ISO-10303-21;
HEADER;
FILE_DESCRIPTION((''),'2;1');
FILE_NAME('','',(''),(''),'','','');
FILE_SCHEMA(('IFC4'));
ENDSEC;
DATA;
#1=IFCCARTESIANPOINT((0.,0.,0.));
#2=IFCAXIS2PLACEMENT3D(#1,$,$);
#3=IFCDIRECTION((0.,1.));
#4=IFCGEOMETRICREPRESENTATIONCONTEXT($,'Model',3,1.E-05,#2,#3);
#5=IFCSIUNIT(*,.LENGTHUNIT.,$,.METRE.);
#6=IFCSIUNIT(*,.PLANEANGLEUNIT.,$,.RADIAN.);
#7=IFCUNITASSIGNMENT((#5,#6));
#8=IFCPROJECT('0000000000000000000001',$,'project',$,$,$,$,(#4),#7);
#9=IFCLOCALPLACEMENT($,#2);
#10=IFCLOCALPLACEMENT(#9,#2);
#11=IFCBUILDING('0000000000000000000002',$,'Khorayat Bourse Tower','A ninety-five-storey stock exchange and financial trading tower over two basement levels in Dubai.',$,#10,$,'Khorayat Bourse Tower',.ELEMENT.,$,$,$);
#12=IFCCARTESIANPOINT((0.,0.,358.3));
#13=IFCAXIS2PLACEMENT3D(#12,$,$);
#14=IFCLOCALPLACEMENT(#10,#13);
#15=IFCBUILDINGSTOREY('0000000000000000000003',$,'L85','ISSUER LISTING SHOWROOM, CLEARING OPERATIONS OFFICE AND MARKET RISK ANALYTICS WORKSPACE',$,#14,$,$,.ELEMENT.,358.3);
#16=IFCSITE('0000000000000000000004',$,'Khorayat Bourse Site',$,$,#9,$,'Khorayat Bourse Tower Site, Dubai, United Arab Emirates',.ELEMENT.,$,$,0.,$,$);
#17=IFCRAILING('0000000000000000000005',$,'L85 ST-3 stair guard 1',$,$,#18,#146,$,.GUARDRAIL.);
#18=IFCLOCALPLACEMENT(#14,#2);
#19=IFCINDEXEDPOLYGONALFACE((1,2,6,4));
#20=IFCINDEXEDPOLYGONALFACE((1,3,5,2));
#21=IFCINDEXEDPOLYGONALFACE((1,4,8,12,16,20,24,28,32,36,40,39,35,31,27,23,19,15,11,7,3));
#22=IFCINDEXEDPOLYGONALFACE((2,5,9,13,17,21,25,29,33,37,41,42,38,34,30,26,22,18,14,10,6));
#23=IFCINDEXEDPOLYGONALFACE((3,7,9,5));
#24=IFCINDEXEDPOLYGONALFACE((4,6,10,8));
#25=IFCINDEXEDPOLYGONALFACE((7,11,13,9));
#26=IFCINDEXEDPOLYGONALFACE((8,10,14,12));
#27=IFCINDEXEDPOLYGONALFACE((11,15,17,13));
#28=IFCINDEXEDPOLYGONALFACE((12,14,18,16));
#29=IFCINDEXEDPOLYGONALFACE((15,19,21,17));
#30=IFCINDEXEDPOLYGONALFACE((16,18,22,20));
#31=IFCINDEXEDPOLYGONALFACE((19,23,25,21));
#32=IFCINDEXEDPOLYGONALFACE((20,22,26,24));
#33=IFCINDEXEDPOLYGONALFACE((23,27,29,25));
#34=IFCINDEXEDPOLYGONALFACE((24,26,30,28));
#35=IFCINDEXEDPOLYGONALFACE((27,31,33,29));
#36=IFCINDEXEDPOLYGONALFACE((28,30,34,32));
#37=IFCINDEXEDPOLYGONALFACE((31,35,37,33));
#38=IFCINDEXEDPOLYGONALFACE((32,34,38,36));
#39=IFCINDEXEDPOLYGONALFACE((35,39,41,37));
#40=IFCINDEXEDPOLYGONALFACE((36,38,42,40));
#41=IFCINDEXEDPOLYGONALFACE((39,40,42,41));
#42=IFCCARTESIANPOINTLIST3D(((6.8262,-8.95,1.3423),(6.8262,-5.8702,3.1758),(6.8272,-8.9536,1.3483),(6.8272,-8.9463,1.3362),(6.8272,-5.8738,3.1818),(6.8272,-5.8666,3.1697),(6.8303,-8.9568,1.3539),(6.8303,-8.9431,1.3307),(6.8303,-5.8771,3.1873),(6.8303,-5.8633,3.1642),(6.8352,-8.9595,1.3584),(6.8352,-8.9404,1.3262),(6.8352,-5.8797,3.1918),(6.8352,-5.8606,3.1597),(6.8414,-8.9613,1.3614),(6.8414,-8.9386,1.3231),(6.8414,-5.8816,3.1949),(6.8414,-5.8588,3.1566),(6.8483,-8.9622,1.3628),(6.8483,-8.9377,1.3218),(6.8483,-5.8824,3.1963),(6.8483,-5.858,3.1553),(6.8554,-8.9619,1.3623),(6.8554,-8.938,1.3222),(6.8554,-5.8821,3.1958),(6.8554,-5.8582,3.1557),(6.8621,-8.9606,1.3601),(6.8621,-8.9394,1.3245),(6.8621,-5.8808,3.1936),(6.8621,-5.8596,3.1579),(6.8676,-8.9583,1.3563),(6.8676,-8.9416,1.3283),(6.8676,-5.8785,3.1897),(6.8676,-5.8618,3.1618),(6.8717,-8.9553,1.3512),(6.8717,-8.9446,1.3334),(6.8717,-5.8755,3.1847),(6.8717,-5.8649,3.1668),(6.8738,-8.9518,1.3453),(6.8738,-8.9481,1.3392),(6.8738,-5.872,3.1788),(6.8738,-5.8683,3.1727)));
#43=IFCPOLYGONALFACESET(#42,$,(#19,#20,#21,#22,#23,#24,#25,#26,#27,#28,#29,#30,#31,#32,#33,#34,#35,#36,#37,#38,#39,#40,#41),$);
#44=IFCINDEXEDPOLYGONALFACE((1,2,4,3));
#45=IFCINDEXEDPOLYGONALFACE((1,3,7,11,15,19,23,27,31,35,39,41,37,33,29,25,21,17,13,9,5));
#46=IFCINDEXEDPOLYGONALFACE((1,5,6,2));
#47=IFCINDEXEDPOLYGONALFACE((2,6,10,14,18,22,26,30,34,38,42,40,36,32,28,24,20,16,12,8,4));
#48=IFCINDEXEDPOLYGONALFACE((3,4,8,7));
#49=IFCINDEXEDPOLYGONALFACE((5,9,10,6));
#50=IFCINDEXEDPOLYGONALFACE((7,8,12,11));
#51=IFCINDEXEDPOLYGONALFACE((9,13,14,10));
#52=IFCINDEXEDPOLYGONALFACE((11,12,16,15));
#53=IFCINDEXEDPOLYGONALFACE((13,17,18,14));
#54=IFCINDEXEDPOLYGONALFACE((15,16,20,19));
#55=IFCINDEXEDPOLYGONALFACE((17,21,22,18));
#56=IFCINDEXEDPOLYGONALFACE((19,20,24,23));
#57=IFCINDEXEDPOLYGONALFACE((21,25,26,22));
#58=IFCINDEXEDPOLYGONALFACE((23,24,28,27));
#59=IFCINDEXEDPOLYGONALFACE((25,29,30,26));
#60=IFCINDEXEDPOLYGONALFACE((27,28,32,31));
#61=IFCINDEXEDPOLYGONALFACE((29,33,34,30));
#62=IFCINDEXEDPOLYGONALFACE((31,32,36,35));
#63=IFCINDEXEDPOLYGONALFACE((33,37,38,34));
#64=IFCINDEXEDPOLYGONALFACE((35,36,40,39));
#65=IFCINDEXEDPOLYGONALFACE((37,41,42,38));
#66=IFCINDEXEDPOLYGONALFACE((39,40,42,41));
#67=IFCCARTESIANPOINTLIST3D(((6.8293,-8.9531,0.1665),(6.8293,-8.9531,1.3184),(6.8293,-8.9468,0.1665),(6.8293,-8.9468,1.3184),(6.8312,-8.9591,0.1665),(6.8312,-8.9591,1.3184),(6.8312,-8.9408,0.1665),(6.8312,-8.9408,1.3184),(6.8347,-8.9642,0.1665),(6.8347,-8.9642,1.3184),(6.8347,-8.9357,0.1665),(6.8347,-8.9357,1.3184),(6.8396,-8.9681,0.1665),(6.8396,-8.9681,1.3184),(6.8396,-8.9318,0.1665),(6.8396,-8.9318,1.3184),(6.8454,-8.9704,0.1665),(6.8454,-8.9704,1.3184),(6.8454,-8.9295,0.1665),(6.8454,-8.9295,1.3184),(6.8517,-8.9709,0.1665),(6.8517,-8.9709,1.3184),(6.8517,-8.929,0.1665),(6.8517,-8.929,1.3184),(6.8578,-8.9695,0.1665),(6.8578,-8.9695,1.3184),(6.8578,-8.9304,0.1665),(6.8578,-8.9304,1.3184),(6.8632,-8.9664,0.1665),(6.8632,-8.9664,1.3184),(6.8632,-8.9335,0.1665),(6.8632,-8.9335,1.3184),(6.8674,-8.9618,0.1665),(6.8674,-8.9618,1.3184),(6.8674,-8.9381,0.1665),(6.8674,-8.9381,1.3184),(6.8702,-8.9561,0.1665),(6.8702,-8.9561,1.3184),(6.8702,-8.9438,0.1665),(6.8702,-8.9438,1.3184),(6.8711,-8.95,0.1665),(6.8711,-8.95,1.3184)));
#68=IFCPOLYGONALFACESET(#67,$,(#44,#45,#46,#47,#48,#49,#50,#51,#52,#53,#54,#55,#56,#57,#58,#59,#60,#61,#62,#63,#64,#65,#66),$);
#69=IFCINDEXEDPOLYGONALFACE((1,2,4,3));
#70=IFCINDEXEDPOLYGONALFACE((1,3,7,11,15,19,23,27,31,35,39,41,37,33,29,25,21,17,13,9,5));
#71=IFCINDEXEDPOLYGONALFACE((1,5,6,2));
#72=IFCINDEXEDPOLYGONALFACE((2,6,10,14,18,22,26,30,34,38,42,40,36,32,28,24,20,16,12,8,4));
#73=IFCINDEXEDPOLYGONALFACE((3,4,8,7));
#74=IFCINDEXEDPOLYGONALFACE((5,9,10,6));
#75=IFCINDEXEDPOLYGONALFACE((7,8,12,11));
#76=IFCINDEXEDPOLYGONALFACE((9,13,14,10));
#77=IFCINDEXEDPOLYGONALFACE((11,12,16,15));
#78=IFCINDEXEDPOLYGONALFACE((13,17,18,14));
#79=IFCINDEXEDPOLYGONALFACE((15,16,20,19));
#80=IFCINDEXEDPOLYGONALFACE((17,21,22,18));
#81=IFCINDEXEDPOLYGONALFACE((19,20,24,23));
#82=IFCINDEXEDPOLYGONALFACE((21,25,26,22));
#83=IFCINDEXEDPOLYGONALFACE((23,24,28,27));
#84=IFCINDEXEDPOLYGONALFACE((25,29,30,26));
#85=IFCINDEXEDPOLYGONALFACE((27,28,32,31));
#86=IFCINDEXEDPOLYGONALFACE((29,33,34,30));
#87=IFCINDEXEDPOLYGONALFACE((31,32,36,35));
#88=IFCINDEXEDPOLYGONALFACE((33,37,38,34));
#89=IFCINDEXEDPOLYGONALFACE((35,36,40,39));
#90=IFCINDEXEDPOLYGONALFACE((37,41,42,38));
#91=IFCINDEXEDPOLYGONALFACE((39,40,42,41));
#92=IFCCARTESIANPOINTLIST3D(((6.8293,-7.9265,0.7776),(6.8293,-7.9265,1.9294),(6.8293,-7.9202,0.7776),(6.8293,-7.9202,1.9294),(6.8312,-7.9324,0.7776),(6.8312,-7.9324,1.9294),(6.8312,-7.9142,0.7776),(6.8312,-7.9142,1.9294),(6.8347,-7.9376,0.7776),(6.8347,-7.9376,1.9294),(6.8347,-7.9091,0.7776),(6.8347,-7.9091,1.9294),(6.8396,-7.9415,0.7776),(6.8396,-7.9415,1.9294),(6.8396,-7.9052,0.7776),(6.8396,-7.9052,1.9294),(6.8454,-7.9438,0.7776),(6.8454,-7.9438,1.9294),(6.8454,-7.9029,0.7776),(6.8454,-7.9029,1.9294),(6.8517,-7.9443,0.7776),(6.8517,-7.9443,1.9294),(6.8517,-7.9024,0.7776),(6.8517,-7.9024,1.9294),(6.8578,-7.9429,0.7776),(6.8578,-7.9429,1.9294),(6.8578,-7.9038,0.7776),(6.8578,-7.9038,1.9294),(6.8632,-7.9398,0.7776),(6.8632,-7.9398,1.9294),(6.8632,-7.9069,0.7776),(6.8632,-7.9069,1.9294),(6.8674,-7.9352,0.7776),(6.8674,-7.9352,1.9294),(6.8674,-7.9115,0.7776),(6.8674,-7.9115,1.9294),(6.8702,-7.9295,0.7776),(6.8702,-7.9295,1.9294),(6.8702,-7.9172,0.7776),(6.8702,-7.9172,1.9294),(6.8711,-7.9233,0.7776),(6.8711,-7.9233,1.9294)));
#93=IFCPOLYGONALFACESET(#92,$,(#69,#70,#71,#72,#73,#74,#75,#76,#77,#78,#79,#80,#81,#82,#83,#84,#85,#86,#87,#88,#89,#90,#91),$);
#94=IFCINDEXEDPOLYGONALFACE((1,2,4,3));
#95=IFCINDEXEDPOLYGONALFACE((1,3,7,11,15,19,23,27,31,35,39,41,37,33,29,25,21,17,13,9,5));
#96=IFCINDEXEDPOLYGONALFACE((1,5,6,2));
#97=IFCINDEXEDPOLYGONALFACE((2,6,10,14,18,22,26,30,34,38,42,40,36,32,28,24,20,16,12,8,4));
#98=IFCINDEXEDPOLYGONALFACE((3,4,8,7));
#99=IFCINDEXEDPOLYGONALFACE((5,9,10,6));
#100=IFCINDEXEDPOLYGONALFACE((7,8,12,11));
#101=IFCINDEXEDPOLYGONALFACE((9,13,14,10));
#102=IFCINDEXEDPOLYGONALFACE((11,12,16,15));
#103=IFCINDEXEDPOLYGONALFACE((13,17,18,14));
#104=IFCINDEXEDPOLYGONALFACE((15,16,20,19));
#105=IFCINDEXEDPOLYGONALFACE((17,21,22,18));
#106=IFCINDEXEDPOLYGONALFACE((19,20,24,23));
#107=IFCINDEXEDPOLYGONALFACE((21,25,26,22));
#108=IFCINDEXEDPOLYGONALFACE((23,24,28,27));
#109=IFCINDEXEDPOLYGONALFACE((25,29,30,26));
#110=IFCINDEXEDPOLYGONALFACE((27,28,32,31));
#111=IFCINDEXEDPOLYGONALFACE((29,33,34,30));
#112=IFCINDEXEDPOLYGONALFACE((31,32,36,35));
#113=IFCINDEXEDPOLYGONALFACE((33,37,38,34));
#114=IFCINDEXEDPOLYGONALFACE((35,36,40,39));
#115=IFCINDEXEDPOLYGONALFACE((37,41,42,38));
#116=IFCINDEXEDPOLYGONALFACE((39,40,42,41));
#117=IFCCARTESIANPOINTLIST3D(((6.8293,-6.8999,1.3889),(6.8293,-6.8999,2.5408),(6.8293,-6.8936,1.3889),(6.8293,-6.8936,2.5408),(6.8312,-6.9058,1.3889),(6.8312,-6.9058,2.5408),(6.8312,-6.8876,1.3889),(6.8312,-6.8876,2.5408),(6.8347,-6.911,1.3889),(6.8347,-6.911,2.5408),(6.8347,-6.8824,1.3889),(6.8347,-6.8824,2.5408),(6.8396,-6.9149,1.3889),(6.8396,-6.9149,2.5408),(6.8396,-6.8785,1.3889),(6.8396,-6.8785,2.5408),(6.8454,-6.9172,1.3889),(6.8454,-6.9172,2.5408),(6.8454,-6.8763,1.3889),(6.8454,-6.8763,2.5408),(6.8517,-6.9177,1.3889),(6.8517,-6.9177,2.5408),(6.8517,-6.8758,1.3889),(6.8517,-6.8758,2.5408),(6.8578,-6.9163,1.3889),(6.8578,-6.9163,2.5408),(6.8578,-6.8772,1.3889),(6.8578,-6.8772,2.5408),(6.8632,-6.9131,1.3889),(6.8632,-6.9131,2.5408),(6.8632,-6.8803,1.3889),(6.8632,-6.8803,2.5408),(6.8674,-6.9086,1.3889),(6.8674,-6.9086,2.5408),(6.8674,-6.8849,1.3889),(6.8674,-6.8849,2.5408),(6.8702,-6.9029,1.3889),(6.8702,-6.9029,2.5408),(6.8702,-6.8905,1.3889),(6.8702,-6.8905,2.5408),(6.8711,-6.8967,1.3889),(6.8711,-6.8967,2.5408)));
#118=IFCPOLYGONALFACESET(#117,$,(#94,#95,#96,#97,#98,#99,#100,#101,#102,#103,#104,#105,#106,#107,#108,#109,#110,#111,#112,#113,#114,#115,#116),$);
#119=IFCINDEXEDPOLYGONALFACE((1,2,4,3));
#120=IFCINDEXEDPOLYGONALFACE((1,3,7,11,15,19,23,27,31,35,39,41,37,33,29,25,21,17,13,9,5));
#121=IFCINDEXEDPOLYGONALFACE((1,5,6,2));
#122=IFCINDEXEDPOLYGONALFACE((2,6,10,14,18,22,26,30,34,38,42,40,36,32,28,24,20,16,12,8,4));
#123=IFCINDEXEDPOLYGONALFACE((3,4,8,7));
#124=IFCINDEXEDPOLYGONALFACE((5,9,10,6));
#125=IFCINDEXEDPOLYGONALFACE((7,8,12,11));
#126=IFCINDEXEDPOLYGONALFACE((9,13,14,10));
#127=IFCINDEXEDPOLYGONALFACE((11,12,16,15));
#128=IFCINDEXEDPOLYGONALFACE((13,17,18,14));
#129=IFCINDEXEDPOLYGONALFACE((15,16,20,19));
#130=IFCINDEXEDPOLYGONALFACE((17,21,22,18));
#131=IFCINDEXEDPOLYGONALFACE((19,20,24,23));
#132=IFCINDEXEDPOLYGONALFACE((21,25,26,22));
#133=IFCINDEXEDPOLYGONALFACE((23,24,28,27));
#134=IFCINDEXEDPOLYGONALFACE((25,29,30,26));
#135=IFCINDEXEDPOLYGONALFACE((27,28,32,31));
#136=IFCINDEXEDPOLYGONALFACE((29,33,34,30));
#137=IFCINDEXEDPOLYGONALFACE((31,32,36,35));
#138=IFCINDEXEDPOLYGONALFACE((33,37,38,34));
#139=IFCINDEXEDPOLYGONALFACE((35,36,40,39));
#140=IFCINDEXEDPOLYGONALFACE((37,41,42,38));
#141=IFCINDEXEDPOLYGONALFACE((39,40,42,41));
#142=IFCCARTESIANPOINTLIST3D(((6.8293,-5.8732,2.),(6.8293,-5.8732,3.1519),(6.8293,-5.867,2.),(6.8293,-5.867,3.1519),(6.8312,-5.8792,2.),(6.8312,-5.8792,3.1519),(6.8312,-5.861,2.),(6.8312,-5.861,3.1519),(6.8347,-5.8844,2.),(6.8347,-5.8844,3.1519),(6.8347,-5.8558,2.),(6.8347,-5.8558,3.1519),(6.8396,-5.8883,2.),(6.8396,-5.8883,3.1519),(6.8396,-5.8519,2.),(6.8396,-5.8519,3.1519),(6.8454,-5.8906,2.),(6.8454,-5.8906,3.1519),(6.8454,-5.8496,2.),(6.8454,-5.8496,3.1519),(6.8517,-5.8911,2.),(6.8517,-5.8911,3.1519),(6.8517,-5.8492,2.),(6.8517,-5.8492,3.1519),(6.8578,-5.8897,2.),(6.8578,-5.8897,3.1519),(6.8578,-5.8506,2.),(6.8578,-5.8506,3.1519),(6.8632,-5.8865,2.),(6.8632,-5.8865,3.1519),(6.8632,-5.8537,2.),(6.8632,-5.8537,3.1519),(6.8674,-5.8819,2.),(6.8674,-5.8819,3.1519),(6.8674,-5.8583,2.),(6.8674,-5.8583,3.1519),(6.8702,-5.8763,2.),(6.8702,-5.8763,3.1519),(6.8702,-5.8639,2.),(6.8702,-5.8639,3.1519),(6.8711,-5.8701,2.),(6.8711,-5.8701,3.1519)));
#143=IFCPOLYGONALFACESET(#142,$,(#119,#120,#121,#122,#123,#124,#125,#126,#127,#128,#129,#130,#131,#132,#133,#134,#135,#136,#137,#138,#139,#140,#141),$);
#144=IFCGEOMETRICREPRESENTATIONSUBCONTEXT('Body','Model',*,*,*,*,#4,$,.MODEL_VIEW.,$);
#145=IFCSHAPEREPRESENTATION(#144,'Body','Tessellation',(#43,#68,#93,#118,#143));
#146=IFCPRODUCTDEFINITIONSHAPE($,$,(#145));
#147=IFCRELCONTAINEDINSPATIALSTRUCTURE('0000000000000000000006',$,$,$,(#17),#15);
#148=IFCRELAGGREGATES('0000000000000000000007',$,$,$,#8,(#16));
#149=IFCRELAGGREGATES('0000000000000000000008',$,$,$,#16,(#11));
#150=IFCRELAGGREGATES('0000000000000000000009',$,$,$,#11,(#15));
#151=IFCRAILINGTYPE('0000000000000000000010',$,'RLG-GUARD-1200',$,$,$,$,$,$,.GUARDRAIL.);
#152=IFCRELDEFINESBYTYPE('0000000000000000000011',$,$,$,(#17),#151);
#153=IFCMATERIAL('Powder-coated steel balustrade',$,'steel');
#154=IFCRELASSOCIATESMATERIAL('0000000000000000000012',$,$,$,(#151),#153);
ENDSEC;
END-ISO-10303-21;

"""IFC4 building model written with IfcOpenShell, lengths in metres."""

from ifc_helpers import new_model, si_unit, direction, frame, origin, origin_2d, place, context, subcontext, project, spatial, circle, extrude, source, transform, mapped, material, type_object, element, save


model = new_model("IFC4")

# Units and contexts
model_context = context("Model", 3, precision=1e-05, world=origin(), true_north=direction((0.0, 1.0)))
body_context = subcontext(model_context, "Body", "Model", "MODEL_VIEW")
ifc_project = project(units=[si_unit("LENGTHUNIT", "METRE"), si_unit("PLANEANGLEUNIT", "RADIAN")], contexts=[model_context])

# Site, building, storey
site_placement = place(None, origin())
site = spatial("IfcSite", under=ifc_project, at=site_placement, Name="Khorayat Bourse Site", LongName="Khorayat Bourse Tower Site, Dubai, United Arab Emirates", CompositionType="ELEMENT", RefElevation=0.0)
building_placement = place(site_placement, origin())
building = spatial("IfcBuilding", under=site, at=building_placement, Name="Khorayat Bourse Tower", Description="A ninety-five-storey stock exchange and financial trading tower over two basement levels in Dubai.", LongName="Khorayat Bourse Tower", CompositionType="ELEMENT")
storey_placement = place(building_placement, frame((0.0, 0.0, 358.3)))
storey = spatial("IfcBuildingStorey", under=building, at=storey_placement, Name="L85", Description="ISSUER LISTING SHOWROOM, CLEARING OPERATIONS OFFICE AND MARKET RISK ANALYTICS WORKSPACE", CompositionType="ELEMENT", Elevation=358.3)

# Railing
ifc_material_1 = material(Name="Powder-coated steel balustrade", Category="steel")
railing_type_1 = type_object("IfcRailingType", Name="RLG-GUARD-1200", PredefinedType="GUARDRAIL", material=ifc_material_1)
shared_shape_1 = source(origin(), body_context, "Body", "SweptSolid", [
    extrude(circle(Radius=0.0239, at=origin_2d()), frame((0.0, 0.0, 1.1758), z_axis=(0.0, 0.859261, 0.511538), x_axis=(-1.0, 0.0, 0.0)), (0.0, 0.0, 1.0), 3.5842),
    extrude(circle(Radius=0.021, at=origin_2d()), origin(), (0.0, 0.0, 1.0), 1.1519),
    extrude(circle(Radius=0.021, at=origin_2d()), frame((0.0, 1.0266, 0.6111)), (0.0, 0.0, 1.0), 1.1519),
    extrude(circle(Radius=0.021, at=origin_2d()), frame((0.0, 2.0532, 1.2224)), (0.0, 0.0, 1.0), 1.1519),
    extrude(circle(Radius=0.021, at=origin_2d()), frame((0.0, 3.0798, 1.8335)), (0.0, 0.0, 1.0), 1.1519),
])
railing_1_placement = place(storey_placement, frame((6.8501, -8.95, 0.1665)))
element("IfcRailing", 1, at=railing_1_placement, inside=storey, type_object=railing_type_1, Name="L85 ST-3 stair guard 1", PredefinedType="GUARDRAIL", context=body_context, shape_type="MappedRepresentation", body=[
    mapped(shared_shape_1, transform((0.0, 0.0, 0.0), scale=1.0)),
])

save(model, "model.ifc")
